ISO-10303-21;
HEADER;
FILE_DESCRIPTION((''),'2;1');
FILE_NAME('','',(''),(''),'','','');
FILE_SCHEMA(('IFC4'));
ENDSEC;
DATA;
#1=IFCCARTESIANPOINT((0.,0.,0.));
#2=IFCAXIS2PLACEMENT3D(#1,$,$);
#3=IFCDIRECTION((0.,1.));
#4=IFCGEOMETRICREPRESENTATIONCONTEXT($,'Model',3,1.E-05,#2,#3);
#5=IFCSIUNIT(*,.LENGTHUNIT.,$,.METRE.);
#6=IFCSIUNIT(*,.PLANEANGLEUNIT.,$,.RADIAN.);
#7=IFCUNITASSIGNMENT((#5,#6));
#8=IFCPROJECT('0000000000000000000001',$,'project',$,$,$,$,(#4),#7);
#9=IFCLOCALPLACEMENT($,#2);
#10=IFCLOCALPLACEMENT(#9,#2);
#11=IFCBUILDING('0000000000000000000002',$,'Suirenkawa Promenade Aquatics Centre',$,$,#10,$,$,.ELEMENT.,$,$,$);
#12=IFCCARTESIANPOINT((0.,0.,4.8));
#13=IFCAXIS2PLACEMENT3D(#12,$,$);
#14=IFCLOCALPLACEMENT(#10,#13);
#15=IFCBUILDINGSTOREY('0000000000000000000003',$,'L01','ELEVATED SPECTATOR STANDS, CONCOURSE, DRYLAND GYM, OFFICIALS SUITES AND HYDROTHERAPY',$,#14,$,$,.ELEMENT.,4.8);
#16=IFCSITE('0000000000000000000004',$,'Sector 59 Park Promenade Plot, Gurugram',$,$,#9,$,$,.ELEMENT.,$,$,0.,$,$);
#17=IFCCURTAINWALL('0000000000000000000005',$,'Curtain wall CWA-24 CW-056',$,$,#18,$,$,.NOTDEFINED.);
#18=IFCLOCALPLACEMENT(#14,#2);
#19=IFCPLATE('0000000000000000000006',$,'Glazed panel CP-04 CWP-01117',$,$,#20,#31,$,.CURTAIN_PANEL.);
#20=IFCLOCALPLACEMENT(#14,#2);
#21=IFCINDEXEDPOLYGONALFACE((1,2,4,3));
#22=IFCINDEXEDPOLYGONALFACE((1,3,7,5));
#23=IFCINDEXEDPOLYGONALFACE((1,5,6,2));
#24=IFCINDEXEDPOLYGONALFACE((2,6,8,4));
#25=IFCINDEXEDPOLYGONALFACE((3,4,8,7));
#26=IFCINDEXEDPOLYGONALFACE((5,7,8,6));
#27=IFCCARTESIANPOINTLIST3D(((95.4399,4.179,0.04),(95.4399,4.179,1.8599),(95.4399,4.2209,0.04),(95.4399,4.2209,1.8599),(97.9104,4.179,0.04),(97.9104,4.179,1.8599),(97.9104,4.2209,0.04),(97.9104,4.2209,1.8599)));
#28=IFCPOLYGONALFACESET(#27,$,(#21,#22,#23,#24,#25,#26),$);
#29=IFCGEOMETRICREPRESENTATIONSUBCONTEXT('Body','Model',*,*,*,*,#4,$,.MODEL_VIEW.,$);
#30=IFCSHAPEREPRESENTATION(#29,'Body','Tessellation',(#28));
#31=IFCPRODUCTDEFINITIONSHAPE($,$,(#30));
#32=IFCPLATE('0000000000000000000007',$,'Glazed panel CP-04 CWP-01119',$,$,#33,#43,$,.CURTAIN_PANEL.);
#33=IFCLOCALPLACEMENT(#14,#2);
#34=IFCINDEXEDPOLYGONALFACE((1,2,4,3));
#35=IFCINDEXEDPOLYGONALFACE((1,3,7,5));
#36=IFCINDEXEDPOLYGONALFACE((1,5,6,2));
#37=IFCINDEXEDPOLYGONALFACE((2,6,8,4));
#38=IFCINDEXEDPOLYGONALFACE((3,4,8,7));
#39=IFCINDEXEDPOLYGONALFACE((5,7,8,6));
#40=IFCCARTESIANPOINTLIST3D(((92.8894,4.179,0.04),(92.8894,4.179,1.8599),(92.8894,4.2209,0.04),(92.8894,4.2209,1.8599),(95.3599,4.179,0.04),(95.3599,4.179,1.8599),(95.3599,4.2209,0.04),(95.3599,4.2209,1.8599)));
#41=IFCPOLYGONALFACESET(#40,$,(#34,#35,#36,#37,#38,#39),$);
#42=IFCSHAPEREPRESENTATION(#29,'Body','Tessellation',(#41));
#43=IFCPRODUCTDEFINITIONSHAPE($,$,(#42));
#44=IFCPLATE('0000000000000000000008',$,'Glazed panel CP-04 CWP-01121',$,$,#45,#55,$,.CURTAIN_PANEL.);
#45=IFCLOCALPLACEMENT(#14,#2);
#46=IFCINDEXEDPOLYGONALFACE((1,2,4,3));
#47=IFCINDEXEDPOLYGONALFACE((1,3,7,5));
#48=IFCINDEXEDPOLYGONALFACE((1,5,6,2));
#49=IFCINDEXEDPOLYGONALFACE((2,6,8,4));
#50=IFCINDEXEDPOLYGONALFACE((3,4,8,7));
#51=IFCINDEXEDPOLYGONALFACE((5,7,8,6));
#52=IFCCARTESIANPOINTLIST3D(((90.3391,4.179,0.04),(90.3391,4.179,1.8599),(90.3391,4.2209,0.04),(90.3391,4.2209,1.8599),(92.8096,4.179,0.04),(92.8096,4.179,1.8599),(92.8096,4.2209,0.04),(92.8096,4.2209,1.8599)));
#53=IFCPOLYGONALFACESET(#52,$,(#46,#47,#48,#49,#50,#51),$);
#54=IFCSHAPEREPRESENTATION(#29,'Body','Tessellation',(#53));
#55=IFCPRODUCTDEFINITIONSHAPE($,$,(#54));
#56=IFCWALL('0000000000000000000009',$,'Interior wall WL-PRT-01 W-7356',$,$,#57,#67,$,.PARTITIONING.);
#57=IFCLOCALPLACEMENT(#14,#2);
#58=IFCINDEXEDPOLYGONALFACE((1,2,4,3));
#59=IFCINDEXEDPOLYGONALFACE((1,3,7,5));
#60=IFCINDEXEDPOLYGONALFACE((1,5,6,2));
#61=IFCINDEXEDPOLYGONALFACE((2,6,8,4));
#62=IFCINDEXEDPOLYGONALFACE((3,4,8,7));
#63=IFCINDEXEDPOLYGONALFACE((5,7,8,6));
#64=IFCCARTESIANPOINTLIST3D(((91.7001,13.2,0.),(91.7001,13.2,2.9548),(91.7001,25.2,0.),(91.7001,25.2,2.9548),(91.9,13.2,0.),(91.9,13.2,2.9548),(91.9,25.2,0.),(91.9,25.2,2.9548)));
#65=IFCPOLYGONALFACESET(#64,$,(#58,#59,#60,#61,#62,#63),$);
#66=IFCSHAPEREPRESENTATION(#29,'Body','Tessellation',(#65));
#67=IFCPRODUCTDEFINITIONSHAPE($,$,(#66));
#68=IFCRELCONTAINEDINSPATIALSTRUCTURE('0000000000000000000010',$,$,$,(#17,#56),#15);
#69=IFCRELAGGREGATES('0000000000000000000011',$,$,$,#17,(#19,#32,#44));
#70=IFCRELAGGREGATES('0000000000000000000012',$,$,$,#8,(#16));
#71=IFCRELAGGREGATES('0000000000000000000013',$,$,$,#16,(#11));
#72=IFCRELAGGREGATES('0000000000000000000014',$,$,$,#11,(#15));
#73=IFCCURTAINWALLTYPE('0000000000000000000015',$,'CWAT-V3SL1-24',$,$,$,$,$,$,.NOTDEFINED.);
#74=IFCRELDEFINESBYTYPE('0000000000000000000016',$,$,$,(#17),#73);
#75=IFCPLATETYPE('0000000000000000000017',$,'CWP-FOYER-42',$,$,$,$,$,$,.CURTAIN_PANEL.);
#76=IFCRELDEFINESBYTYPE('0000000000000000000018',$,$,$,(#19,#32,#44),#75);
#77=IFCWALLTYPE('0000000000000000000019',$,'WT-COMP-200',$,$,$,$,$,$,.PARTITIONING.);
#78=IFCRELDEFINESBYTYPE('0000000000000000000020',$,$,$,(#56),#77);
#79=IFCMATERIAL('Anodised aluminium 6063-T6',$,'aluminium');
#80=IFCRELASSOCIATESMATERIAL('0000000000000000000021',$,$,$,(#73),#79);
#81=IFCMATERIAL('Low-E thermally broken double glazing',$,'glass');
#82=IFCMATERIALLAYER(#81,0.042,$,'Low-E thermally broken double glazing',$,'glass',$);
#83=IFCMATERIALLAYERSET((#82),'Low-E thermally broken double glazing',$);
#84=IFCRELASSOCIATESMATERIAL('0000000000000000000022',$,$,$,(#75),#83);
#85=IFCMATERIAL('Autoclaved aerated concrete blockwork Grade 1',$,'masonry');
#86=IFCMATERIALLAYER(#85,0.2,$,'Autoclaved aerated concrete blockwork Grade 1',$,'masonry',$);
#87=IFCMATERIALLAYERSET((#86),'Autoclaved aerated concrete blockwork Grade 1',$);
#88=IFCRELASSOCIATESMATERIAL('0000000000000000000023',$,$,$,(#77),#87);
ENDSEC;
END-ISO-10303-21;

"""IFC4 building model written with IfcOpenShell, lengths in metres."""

from ifc_helpers import new_model, si_unit, direction, frame, frame_2d, origin, place, context, subcontext, project, spatial, polyline, rectangle, outline, extrude, material, layer, layer_set, type_object, element, aggregate, save


model = new_model("IFC4")

# Units and contexts
model_context = context("Model", 3, precision=1e-05, world=origin(), true_north=direction((0.0, 1.0)))
body_context = subcontext(model_context, "Body", "Model", "MODEL_VIEW")
ifc_project = project(units=[si_unit("LENGTHUNIT", "METRE"), si_unit("PLANEANGLEUNIT", "RADIAN")], contexts=[model_context])

# Site, building, storey
site_placement = place(None, origin())
site = spatial("IfcSite", under=ifc_project, at=site_placement, Name="Sector 59 Park Promenade Plot, Gurugram", CompositionType="ELEMENT", RefElevation=0.0)
building_placement = place(site_placement, origin())
building = spatial("IfcBuilding", under=site, at=building_placement, Name="Suirenkawa Promenade Aquatics Centre", CompositionType="ELEMENT")
storey_placement = place(building_placement, frame((0.0, 0.0, 4.8)))
storey = spatial("IfcBuildingStorey", under=building, at=storey_placement, Name="L01", Description="ELEVATED SPECTATOR STANDS, CONCOURSE, DRYLAND GYM, OFFICIALS SUITES AND HYDROTHERAPY", CompositionType="ELEMENT", Elevation=4.8)

# Curtain wall
ifc_material_1 = material(Name="Anodised aluminium 6063-T6", Category="aluminium")
curtain_wall_type = type_object("IfcCurtainWallType", Name="CWAT-V3SL1-24", PredefinedType="NOTDEFINED", material=ifc_material_1)
curtain_wall_1_placement = place(storey_placement, origin())
curtain_wall_1 = element("IfcCurtainWall", 1, at=curtain_wall_1_placement, inside=storey, type_object=curtain_wall_type, Name="Curtain wall CWA-24 CW-056", PredefinedType="NOTDEFINED")

# Plates
ifc_material_2 = material(Name="Low-E thermally broken double glazing", Category="glass")
ifc_layer_1 = layer(ifc_material_2, 0.042, Name="Low-E thermally broken double glazing", Category="glass")
ifc_layer_set_1 = layer_set([ifc_layer_1], Name="Low-E thermally broken double glazing")
plate_type = type_object("IfcPlateType", Name="CWP-FOYER-42", PredefinedType="CURTAIN_PANEL", material=ifc_layer_set_1)
plate_1_placement = place(storey_placement, frame((97.9504, 4.2, 0.04), z_axis=(0.0, 0.0, 1.0), x_axis=(-1.0, 0.0, 0.0)))
plate_1 = element("IfcPlate", 2, at=plate_1_placement, type_object=plate_type, Name="Glazed panel CP-04 CWP-01117", PredefinedType="CURTAIN_PANEL", context=body_context, shape_type="SweptSolid", body=[
    extrude(outline(polyline([(0.04, 0.0), (2.5105, 0.0), (2.5105, 1.8198), (0.04, 1.8198), (0.04, 0.0)])), frame((0.0, 0.021, 0.0), z_axis=(0.0, -1.0, 0.0), x_axis=(1.0, 0.0, 0.0)), (0.0, 0.0, 1.0), 0.042),
])
plate_2_placement = place(storey_placement, frame((95.3999, 4.2, 0.04), z_axis=(0.0, 0.0, 1.0), x_axis=(-1.0, 0.0, 0.0)))
plate_2 = element("IfcPlate", 3, at=plate_2_placement, type_object=plate_type, Name="Glazed panel CP-04 CWP-01119", PredefinedType="CURTAIN_PANEL", context=body_context, shape_type="SweptSolid", body=[
    extrude(outline(polyline([(0.04, 0.0), (2.5105, 0.0), (2.5105, 1.8198), (0.04, 1.8198), (0.04, 0.0)])), frame((0.0, 0.021, 0.0), z_axis=(0.0, -1.0, 0.0), x_axis=(1.0, 0.0, 0.0)), (0.0, 0.0, 1.0), 0.042),
])
plate_3_placement = place(storey_placement, frame((92.8496, 4.2, 0.04), z_axis=(0.0, 0.0, 1.0), x_axis=(-1.0, 0.0, 0.0)))
plate_3 = element("IfcPlate", 4, at=plate_3_placement, type_object=plate_type, Name="Glazed panel CP-04 CWP-01121", PredefinedType="CURTAIN_PANEL", context=body_context, shape_type="SweptSolid", body=[
    extrude(outline(polyline([(0.04, 0.0), (2.5105, 0.0), (2.5105, 1.8198), (0.04, 1.8198), (0.04, 0.0)])), frame((0.0, 0.021, 0.0), z_axis=(0.0, -1.0, 0.0), x_axis=(1.0, 0.0, 0.0)), (0.0, 0.0, 1.0), 0.042),
])
aggregate(curtain_wall_1, [plate_1, plate_2, plate_3])

# Wall
ifc_material_3 = material(Name="Autoclaved aerated concrete blockwork Grade 1", Category="masonry")
ifc_layer_2 = layer(ifc_material_3, 0.2, Name="Autoclaved aerated concrete blockwork Grade 1", Category="masonry")
ifc_layer_set_2 = layer_set([ifc_layer_2], Name="Autoclaved aerated concrete blockwork Grade 1")
wall_type = type_object("IfcWallType", Name="WT-COMP-200", PredefinedType="PARTITIONING", material=ifc_layer_set_2)
wall_placement = place(storey_placement, frame((91.8, 13.2, 0.0), z_axis=(0.0, 0.0, 1.0), x_axis=(0.0, 1.0, 0.0)))
element("IfcWall", 5, at=wall_placement, inside=storey, type_object=wall_type, Name="Interior wall WL-PRT-01 W-7356", PredefinedType="PARTITIONING", context=body_context, shape_type="SweptSolid", body=[
    extrude(rectangle(XDim=12.0, YDim=0.2, at=frame_2d((6.0, 0.0))), origin(), (0.0, 0.0, 1.0), 2.9548),
])

save(model, "model.ifc")
